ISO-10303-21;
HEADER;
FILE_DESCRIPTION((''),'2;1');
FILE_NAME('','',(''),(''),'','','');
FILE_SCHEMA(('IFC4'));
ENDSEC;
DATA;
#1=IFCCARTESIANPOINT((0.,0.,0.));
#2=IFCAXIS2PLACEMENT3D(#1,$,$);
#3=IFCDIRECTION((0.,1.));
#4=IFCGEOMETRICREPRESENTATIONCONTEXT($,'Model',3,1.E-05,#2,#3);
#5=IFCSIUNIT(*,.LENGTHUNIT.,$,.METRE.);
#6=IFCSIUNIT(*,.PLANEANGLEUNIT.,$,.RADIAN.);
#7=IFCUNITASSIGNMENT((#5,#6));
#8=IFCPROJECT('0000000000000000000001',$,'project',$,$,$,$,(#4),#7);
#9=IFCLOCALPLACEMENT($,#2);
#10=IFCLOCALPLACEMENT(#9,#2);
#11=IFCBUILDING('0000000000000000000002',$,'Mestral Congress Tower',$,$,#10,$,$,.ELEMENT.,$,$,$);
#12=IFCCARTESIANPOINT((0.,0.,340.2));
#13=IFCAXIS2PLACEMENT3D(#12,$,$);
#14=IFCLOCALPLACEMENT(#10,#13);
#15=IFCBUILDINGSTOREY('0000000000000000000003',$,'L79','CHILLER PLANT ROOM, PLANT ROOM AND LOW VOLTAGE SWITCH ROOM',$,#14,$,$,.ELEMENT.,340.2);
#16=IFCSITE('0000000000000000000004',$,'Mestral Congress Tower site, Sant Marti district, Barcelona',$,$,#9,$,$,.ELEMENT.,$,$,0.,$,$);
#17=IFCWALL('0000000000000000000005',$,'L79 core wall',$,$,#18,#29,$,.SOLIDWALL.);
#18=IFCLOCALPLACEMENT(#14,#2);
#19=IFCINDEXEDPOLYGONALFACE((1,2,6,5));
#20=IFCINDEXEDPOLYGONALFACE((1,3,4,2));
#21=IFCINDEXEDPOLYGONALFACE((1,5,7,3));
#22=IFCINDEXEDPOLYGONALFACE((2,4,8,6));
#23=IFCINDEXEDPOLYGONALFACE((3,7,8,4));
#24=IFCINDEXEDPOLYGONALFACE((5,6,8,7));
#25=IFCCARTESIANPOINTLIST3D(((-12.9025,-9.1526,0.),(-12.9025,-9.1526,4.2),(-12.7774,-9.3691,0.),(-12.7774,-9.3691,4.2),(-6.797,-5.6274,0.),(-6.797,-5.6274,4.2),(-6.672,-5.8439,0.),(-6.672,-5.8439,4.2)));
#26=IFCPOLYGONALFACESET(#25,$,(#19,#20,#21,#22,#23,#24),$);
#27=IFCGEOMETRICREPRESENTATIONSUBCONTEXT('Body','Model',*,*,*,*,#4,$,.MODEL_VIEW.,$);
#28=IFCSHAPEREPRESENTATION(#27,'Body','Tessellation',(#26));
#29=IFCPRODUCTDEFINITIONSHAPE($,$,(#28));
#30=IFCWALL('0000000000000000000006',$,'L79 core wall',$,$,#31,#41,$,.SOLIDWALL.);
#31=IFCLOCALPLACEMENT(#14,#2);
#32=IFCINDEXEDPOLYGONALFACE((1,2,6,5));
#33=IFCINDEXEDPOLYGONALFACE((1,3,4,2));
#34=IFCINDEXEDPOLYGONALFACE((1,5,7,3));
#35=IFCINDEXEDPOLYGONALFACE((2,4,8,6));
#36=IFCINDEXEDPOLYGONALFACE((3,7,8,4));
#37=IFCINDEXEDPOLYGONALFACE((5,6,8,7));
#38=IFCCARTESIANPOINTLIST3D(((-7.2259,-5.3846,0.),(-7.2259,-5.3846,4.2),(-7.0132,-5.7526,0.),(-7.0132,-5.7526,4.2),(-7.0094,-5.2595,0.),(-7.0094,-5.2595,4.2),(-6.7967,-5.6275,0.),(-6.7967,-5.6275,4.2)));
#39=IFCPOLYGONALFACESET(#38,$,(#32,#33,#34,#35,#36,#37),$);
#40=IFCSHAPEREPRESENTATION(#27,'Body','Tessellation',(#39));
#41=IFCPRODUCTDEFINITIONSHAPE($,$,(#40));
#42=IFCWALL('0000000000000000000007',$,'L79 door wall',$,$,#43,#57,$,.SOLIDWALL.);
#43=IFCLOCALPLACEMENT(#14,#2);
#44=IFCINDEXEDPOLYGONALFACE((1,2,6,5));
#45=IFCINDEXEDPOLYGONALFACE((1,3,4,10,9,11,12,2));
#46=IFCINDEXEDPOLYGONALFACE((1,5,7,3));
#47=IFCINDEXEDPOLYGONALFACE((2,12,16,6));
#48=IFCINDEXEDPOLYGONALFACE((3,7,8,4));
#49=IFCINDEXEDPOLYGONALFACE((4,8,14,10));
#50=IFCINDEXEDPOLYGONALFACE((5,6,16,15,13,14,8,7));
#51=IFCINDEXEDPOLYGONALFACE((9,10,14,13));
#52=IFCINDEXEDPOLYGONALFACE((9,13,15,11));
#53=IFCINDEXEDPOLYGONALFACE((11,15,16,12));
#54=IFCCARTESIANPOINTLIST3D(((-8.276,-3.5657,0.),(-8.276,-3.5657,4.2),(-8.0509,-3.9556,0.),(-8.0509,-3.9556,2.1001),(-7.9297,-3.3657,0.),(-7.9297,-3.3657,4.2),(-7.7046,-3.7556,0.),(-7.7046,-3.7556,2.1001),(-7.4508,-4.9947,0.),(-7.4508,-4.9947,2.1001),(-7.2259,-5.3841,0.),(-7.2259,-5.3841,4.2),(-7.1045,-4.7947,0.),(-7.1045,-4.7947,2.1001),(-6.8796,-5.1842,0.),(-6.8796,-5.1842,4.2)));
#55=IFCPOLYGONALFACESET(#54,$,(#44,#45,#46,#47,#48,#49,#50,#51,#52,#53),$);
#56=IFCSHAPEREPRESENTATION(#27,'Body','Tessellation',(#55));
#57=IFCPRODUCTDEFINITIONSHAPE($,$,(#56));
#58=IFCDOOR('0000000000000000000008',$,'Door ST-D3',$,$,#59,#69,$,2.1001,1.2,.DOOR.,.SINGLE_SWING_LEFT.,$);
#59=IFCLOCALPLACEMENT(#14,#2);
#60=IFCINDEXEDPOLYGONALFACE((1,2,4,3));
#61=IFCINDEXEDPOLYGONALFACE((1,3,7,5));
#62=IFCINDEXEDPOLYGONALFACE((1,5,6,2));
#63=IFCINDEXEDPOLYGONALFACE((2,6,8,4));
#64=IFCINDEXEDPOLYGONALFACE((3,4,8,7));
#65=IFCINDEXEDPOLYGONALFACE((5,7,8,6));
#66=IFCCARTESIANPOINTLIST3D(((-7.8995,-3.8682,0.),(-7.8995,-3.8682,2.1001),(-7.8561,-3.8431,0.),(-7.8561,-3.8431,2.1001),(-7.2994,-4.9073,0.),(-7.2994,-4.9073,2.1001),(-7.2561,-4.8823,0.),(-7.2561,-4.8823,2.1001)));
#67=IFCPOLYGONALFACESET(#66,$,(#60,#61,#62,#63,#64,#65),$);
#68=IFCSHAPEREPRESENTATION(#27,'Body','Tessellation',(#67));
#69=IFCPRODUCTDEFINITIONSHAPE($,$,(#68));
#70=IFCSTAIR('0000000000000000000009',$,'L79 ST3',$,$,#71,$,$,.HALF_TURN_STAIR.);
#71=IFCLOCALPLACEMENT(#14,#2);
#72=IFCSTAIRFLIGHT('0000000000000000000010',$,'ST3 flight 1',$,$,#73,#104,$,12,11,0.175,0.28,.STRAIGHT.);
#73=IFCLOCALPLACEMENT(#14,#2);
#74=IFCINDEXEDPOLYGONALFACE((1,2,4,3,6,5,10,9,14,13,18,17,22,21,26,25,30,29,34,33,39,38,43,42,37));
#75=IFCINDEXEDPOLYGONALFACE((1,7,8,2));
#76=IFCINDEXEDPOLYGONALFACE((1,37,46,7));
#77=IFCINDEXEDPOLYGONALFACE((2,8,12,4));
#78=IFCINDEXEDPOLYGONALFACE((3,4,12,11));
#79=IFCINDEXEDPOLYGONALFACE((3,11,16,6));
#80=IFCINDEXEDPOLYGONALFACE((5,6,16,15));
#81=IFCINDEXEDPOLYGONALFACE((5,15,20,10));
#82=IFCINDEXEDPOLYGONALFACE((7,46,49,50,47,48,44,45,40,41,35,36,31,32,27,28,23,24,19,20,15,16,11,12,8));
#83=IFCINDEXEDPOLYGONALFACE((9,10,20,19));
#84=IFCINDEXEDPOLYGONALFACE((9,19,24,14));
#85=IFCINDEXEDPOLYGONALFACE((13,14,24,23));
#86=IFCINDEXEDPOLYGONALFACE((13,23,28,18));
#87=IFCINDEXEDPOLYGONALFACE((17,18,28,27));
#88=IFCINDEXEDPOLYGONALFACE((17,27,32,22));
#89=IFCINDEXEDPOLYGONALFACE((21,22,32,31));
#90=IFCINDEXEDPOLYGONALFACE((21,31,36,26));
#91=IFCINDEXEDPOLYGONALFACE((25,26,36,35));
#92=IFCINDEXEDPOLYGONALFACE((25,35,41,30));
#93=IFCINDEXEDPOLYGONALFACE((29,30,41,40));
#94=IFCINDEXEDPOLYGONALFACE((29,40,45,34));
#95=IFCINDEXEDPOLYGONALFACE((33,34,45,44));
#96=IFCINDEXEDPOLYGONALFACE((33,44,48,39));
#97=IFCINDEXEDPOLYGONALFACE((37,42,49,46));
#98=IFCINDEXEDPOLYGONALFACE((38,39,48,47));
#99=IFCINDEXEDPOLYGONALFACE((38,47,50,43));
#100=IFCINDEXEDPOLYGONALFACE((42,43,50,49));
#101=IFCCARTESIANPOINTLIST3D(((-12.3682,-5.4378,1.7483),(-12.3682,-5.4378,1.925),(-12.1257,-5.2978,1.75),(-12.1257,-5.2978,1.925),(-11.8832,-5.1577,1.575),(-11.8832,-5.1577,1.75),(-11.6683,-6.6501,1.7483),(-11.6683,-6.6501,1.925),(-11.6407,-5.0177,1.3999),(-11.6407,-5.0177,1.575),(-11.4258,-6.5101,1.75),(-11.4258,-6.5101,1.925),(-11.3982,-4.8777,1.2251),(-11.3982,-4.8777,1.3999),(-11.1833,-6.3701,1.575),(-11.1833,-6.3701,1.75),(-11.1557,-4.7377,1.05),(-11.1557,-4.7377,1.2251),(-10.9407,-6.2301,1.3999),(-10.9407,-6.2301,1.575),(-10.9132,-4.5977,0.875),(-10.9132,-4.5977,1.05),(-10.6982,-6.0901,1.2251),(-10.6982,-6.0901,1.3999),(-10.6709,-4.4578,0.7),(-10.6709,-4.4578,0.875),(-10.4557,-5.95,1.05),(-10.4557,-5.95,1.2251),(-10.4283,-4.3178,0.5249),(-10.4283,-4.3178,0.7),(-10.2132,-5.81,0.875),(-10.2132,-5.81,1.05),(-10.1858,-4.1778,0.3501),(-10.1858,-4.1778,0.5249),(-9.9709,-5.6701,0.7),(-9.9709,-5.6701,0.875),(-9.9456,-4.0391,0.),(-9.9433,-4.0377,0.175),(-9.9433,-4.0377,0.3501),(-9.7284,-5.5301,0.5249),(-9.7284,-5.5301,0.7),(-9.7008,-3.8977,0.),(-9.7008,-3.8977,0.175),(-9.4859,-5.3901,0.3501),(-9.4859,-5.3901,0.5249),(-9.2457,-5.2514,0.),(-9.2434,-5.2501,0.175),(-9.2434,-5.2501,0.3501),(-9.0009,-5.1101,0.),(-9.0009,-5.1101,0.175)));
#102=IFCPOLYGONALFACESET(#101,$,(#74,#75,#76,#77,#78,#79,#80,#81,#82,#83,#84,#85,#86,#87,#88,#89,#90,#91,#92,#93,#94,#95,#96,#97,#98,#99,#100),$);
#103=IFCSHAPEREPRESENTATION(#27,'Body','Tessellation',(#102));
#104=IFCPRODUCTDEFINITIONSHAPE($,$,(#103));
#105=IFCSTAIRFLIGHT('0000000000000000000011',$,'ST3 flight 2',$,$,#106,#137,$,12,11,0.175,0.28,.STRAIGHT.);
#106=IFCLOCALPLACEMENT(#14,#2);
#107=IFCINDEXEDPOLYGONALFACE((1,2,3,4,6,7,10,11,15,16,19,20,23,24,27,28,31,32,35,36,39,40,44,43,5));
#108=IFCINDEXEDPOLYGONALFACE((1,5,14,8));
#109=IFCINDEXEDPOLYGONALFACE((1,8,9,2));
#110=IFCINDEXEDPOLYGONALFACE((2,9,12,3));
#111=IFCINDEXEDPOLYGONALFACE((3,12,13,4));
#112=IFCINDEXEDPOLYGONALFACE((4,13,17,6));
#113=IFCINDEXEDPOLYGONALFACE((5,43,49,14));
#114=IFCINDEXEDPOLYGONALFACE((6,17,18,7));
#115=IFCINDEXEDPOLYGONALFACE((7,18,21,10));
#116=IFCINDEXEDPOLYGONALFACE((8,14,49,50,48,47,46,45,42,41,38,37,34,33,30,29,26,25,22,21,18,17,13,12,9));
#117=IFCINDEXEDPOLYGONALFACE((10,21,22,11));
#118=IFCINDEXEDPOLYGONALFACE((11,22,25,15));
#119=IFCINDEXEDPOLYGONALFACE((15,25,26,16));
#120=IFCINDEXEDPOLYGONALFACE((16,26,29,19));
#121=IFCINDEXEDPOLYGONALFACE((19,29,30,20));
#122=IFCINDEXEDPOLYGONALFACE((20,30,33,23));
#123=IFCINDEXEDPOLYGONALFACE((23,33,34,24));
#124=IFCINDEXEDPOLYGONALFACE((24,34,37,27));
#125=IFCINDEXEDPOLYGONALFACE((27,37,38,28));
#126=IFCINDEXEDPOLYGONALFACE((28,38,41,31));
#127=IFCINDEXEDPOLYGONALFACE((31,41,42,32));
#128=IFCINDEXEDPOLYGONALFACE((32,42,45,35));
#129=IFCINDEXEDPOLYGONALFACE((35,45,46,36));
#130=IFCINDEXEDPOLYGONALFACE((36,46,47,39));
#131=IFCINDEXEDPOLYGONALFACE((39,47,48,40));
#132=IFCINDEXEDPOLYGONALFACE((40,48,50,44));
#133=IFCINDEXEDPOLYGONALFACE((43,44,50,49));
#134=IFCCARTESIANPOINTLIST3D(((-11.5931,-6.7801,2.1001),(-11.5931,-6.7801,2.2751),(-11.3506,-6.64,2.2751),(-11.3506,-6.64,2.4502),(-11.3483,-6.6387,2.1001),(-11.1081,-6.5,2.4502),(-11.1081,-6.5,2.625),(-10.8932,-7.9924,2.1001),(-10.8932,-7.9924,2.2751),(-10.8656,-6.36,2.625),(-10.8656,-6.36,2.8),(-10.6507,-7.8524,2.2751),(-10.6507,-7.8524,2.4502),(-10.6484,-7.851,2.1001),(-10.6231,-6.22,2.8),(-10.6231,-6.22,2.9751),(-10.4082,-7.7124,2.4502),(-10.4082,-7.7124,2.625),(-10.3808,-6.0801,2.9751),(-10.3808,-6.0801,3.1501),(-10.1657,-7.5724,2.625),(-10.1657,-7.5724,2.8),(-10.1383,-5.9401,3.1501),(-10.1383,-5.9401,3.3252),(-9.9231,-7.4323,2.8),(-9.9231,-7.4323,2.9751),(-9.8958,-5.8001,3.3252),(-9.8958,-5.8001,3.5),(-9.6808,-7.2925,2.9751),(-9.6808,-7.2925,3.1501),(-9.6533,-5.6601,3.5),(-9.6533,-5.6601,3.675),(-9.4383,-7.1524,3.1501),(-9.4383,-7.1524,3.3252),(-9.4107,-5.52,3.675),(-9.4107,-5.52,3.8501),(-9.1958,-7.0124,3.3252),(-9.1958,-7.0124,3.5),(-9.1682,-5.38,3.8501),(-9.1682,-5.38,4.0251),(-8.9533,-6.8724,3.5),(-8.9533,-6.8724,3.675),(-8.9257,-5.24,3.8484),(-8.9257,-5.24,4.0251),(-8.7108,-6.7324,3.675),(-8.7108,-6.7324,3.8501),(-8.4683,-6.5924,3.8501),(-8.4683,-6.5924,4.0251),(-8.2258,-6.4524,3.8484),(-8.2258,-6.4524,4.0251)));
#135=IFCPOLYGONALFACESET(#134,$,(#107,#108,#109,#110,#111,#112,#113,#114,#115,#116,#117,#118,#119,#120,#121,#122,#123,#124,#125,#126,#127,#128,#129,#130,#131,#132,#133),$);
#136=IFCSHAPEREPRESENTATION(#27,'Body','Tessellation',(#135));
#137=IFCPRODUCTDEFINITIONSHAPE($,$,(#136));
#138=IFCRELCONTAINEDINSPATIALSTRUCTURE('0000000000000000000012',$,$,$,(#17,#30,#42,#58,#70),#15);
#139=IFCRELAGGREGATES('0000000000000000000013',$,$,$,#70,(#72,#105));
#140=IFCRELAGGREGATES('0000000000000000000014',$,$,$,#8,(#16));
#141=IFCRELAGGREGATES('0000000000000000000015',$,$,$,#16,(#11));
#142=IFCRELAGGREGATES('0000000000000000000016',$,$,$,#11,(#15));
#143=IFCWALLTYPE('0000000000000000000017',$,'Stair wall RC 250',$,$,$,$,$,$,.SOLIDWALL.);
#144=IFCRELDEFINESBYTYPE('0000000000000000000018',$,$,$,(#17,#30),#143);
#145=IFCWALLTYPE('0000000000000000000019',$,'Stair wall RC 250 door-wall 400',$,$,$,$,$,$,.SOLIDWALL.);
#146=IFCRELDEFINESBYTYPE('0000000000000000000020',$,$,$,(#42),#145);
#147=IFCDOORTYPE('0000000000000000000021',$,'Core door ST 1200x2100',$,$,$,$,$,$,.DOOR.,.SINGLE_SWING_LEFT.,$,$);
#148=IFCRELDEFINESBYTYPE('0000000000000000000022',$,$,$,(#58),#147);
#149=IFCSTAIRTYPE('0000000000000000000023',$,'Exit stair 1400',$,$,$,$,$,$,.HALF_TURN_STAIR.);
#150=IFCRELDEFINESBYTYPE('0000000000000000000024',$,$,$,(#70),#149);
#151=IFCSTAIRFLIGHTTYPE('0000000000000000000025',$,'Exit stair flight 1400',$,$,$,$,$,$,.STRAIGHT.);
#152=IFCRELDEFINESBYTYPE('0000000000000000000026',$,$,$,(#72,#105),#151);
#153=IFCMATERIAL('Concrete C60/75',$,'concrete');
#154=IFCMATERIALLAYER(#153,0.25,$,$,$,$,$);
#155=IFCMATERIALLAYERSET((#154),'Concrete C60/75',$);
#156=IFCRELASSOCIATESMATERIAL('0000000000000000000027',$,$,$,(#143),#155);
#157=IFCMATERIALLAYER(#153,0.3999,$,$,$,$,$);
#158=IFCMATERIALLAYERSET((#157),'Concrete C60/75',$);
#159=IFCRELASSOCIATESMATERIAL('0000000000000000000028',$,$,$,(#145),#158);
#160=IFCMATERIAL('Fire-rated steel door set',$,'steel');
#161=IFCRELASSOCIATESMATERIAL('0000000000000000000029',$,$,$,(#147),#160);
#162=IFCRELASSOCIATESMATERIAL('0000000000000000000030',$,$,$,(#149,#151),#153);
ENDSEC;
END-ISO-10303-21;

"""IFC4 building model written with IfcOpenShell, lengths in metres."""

from ifc_helpers import new_model, si_unit, direction, frame, frame_2d, origin, place, context, subcontext, project, spatial, polyline, rectangle, outline, extrude, material, layer, layer_set, type_object, element, fill, aggregate, save


model = new_model("IFC4")

# Units and contexts
model_context = context("Model", 3, precision=1e-05, world=origin(), true_north=direction((0.0, 1.0)))
body_context = subcontext(model_context, "Body", "Model", "MODEL_VIEW")
ifc_project = project(units=[si_unit("LENGTHUNIT", "METRE"), si_unit("PLANEANGLEUNIT", "RADIAN")], contexts=[model_context])

# Site, building, storey
site_placement = place(None, origin())
site = spatial("IfcSite", under=ifc_project, at=site_placement, Name="Mestral Congress Tower site, Sant Marti district, Barcelona", CompositionType="ELEMENT", RefElevation=0.0)
building_placement = place(site_placement, origin())
building = spatial("IfcBuilding", under=site, at=building_placement, Name="Mestral Congress Tower", CompositionType="ELEMENT")
storey_placement = place(building_placement, frame((0.0, 0.0, 340.2)))
storey = spatial("IfcBuildingStorey", under=building, at=storey_placement, Name="L79", Description="CHILLER PLANT ROOM, PLANT ROOM AND LOW VOLTAGE SWITCH ROOM", CompositionType="ELEMENT", Elevation=340.2)

# Shared definitions
ifc_material_1 = material(Name="Concrete C60/75", Category="concrete")

# Shared definitions
ifc_material_2 = material(Name="Fire-rated steel door set", Category="steel")

# Walls
ifc_layer_1 = layer(ifc_material_1, 0.25)
ifc_layer_set_1 = layer_set([ifc_layer_1], Name="Concrete C60/75")
wall_type_1 = type_object("IfcWallType", Name="Stair wall RC 250", PredefinedType="SOLIDWALL", material=ifc_layer_set_1)
wall_1_placement = place(storey_placement, frame((-12.8398, -9.2607, 0.0), z_axis=(0.0, 0.0, 1.0), x_axis=(0.866016, 0.500016, 0.0)))
element("IfcWall", 1, at=wall_1_placement, inside=storey, type_object=wall_type_1, Name="L79 core wall", PredefinedType="SOLIDWALL", context=body_context, shape_type="SweptSolid", body=[
    extrude(rectangle(XDim=7.05, YDim=0.25, at=frame_2d((3.5249, 0.0))), origin(), (0.0, 0.0, 1.0), 4.2),
])
wall_2_placement = place(storey_placement, frame((-6.905, -5.6899, 0.0), z_axis=(0.0, 0.0, 1.0), x_axis=(-0.500402, 0.865793, 0.0)))
element("IfcWall", 2, at=wall_2_placement, inside=storey, type_object=wall_type_1, Name="L79 core wall", PredefinedType="SOLIDWALL", context=body_context, shape_type="SweptSolid", body=[
    extrude(rectangle(XDim=0.425, YDim=0.25, at=frame_2d((0.2124, 0.0))), origin(), (0.0, 0.0, 1.0), 4.2),
])

# Wall, opening, door
ifc_layer_2 = layer(ifc_material_1, 0.3999)
ifc_layer_set_2 = layer_set([ifc_layer_2], Name="Concrete C60/75")
wall_type_2 = type_object("IfcWallType", Name="Stair wall RC 250 door-wall 400", PredefinedType="SOLIDWALL", material=ifc_layer_set_2)
wall_3_placement = place(storey_placement, frame((-8.1028, -3.4658, 0.0), z_axis=(0.0, 0.0, 1.0), x_axis=(0.500078, -0.86598, 0.0)))
wall_3 = element("IfcWall", 3, at=wall_3_placement, inside=storey, type_object=wall_type_2, Name="L79 door wall", PredefinedType="SOLIDWALL", context=body_context, shape_type="SweptSolid", body=[
    extrude(rectangle(XDim=2.0999, YDim=0.3999, at=frame_2d((1.0498, 0.0))), origin(), (0.0, 0.0, 1.0), 4.2),
])
opening_1_placement = place(wall_3_placement, frame((0.45, 0.0, 0.0)))
opening_1 = element("IfcOpeningElement", 4, at=opening_1_placement, cuts=wall_3, PredefinedType="OPENING", context=body_context, shape_type="SweptSolid", body=[
    extrude(rectangle(XDim=1.2, YDim=2.1001, at=frame_2d((0.6001, 1.05))), frame((0.0, 0.21, 0.0), z_axis=(0.0, -1.0, 0.0), x_axis=(1.0, 0.0, 0.0)), (0.0, 0.0, 1.0), 0.4199),
])
door_type_1 = type_object("IfcDoorType", Name="Core door ST 1200x2100", OperationType="SINGLE_SWING_LEFT", PredefinedType="DOOR", material=ifc_material_2)
door_1_placement = place(opening_1_placement, origin())
door_1 = element("IfcDoor", 5, at=door_1_placement, inside=storey, type_object=door_type_1, Name="Door ST-D3", OperationType="SINGLE_SWING_LEFT", OverallHeight=2.1001, OverallWidth=1.2, PredefinedType="DOOR", context=body_context, shape_type="SweptSolid", body=[
    extrude(rectangle(XDim=1.2, YDim=2.1001, at=frame_2d((0.6001, 1.05))), frame((0.0, 0.0249, 0.0), z_axis=(0.0, -1.0, 0.0), x_axis=(1.0, 0.0, 0.0)), (0.0, 0.0, 1.0), 0.05),
])
fill(opening_1, door_1)

# Stair, stair flights
stair_type = type_object("IfcStairType", Name="Exit stair 1400", PredefinedType="HALF_TURN_STAIR", material=ifc_material_1)
stair_placement = place(storey_placement, origin())
stair = element("IfcStair", 6, at=stair_placement, inside=storey, type_object=stair_type, Name="L79 ST3", PredefinedType="HALF_TURN_STAIR")
stair_flight_type = type_object("IfcStairFlightType", Name="Exit stair flight 1400", PredefinedType="STRAIGHT", material=ifc_material_1)
stair_flight_1_placement = place(storey_placement, frame((-9.3508, -4.5039, 0.0), z_axis=(0.0, 0.0, 1.0), x_axis=(-0.866025, -0.5, 0.0)))
stair_flight_1 = element("IfcStairFlight", 7, at=stair_flight_1_placement, type_object=stair_flight_type, Name="ST3 flight 1", NumberOfRisers=12, NumberOfTreads=11, PredefinedType="STRAIGHT", RiserHeight=0.175, TreadLength=0.28, context=body_context, shape_type="SweptSolid", body=[
    extrude(outline(polyline([(0.0, 0.0), (0.0, 0.175), (0.28, 0.175), (0.28, 0.3501), (0.5601, 0.3501), (0.5601, 0.5249), (0.8401, 0.5249), (0.8401, 0.7), (1.1201, 0.7), (1.1201, 0.875), (1.3999, 0.875), (1.3999, 1.05), (1.6799, 1.05), (1.6799, 1.2251), (1.96, 1.2251), (1.96, 1.3999), (2.24, 1.3999), (2.24, 1.575), (2.52, 1.575), (2.52, 1.75), (2.8, 1.75), (2.8, 1.925), (3.0801, 1.925), (3.0801, 2.1001), (3.0801, 1.7483), (0.2827, 0.0), (0.0, 0.0)])), frame((0.0, 0.7, 0.0), z_axis=(0.0, -1.0, 0.0), x_axis=(1.0, 0.0, 0.0)), (0.0, 0.0, 1.0), 1.3999),
])
stair_flight_2_placement = place(storey_placement, frame((-11.2432, -7.3862, 2.1001), z_axis=(0.0, 0.0, 1.0), x_axis=(0.866025, 0.5, 0.0)))
stair_flight_2 = element("IfcStairFlight", 8, at=stair_flight_2_placement, type_object=stair_flight_type, Name="ST3 flight 2", NumberOfRisers=12, NumberOfTreads=11, PredefinedType="STRAIGHT", RiserHeight=0.175, TreadLength=0.28, context=body_context, shape_type="SweptSolid", body=[
    extrude(outline(polyline([(0.0, 0.0), (0.0, 0.175), (0.28, 0.175), (0.28, 0.3501), (0.5601, 0.3501), (0.5601, 0.5249), (0.8401, 0.5249), (0.8401, 0.7), (1.1201, 0.7), (1.1201, 0.875), (1.3999, 0.875), (1.3999, 1.05), (1.6799, 1.05), (1.6799, 1.2251), (1.96, 1.2251), (1.96, 1.3999), (2.24, 1.3999), (2.24, 1.575), (2.52, 1.575), (2.52, 1.75), (2.8, 1.75), (2.8, 1.925), (3.0801, 1.925), (3.0801, 2.1001), (3.0801, 1.7483), (0.2827, 0.0), (0.0, 0.0)])), frame((0.0, 0.7, 0.0), z_axis=(0.0, -1.0, 0.0), x_axis=(1.0, 0.0, 0.0)), (0.0, 0.0, 1.0), 1.3999),
])
aggregate(stair, [stair_flight_1, stair_flight_2])

save(model, "model.ifc")
